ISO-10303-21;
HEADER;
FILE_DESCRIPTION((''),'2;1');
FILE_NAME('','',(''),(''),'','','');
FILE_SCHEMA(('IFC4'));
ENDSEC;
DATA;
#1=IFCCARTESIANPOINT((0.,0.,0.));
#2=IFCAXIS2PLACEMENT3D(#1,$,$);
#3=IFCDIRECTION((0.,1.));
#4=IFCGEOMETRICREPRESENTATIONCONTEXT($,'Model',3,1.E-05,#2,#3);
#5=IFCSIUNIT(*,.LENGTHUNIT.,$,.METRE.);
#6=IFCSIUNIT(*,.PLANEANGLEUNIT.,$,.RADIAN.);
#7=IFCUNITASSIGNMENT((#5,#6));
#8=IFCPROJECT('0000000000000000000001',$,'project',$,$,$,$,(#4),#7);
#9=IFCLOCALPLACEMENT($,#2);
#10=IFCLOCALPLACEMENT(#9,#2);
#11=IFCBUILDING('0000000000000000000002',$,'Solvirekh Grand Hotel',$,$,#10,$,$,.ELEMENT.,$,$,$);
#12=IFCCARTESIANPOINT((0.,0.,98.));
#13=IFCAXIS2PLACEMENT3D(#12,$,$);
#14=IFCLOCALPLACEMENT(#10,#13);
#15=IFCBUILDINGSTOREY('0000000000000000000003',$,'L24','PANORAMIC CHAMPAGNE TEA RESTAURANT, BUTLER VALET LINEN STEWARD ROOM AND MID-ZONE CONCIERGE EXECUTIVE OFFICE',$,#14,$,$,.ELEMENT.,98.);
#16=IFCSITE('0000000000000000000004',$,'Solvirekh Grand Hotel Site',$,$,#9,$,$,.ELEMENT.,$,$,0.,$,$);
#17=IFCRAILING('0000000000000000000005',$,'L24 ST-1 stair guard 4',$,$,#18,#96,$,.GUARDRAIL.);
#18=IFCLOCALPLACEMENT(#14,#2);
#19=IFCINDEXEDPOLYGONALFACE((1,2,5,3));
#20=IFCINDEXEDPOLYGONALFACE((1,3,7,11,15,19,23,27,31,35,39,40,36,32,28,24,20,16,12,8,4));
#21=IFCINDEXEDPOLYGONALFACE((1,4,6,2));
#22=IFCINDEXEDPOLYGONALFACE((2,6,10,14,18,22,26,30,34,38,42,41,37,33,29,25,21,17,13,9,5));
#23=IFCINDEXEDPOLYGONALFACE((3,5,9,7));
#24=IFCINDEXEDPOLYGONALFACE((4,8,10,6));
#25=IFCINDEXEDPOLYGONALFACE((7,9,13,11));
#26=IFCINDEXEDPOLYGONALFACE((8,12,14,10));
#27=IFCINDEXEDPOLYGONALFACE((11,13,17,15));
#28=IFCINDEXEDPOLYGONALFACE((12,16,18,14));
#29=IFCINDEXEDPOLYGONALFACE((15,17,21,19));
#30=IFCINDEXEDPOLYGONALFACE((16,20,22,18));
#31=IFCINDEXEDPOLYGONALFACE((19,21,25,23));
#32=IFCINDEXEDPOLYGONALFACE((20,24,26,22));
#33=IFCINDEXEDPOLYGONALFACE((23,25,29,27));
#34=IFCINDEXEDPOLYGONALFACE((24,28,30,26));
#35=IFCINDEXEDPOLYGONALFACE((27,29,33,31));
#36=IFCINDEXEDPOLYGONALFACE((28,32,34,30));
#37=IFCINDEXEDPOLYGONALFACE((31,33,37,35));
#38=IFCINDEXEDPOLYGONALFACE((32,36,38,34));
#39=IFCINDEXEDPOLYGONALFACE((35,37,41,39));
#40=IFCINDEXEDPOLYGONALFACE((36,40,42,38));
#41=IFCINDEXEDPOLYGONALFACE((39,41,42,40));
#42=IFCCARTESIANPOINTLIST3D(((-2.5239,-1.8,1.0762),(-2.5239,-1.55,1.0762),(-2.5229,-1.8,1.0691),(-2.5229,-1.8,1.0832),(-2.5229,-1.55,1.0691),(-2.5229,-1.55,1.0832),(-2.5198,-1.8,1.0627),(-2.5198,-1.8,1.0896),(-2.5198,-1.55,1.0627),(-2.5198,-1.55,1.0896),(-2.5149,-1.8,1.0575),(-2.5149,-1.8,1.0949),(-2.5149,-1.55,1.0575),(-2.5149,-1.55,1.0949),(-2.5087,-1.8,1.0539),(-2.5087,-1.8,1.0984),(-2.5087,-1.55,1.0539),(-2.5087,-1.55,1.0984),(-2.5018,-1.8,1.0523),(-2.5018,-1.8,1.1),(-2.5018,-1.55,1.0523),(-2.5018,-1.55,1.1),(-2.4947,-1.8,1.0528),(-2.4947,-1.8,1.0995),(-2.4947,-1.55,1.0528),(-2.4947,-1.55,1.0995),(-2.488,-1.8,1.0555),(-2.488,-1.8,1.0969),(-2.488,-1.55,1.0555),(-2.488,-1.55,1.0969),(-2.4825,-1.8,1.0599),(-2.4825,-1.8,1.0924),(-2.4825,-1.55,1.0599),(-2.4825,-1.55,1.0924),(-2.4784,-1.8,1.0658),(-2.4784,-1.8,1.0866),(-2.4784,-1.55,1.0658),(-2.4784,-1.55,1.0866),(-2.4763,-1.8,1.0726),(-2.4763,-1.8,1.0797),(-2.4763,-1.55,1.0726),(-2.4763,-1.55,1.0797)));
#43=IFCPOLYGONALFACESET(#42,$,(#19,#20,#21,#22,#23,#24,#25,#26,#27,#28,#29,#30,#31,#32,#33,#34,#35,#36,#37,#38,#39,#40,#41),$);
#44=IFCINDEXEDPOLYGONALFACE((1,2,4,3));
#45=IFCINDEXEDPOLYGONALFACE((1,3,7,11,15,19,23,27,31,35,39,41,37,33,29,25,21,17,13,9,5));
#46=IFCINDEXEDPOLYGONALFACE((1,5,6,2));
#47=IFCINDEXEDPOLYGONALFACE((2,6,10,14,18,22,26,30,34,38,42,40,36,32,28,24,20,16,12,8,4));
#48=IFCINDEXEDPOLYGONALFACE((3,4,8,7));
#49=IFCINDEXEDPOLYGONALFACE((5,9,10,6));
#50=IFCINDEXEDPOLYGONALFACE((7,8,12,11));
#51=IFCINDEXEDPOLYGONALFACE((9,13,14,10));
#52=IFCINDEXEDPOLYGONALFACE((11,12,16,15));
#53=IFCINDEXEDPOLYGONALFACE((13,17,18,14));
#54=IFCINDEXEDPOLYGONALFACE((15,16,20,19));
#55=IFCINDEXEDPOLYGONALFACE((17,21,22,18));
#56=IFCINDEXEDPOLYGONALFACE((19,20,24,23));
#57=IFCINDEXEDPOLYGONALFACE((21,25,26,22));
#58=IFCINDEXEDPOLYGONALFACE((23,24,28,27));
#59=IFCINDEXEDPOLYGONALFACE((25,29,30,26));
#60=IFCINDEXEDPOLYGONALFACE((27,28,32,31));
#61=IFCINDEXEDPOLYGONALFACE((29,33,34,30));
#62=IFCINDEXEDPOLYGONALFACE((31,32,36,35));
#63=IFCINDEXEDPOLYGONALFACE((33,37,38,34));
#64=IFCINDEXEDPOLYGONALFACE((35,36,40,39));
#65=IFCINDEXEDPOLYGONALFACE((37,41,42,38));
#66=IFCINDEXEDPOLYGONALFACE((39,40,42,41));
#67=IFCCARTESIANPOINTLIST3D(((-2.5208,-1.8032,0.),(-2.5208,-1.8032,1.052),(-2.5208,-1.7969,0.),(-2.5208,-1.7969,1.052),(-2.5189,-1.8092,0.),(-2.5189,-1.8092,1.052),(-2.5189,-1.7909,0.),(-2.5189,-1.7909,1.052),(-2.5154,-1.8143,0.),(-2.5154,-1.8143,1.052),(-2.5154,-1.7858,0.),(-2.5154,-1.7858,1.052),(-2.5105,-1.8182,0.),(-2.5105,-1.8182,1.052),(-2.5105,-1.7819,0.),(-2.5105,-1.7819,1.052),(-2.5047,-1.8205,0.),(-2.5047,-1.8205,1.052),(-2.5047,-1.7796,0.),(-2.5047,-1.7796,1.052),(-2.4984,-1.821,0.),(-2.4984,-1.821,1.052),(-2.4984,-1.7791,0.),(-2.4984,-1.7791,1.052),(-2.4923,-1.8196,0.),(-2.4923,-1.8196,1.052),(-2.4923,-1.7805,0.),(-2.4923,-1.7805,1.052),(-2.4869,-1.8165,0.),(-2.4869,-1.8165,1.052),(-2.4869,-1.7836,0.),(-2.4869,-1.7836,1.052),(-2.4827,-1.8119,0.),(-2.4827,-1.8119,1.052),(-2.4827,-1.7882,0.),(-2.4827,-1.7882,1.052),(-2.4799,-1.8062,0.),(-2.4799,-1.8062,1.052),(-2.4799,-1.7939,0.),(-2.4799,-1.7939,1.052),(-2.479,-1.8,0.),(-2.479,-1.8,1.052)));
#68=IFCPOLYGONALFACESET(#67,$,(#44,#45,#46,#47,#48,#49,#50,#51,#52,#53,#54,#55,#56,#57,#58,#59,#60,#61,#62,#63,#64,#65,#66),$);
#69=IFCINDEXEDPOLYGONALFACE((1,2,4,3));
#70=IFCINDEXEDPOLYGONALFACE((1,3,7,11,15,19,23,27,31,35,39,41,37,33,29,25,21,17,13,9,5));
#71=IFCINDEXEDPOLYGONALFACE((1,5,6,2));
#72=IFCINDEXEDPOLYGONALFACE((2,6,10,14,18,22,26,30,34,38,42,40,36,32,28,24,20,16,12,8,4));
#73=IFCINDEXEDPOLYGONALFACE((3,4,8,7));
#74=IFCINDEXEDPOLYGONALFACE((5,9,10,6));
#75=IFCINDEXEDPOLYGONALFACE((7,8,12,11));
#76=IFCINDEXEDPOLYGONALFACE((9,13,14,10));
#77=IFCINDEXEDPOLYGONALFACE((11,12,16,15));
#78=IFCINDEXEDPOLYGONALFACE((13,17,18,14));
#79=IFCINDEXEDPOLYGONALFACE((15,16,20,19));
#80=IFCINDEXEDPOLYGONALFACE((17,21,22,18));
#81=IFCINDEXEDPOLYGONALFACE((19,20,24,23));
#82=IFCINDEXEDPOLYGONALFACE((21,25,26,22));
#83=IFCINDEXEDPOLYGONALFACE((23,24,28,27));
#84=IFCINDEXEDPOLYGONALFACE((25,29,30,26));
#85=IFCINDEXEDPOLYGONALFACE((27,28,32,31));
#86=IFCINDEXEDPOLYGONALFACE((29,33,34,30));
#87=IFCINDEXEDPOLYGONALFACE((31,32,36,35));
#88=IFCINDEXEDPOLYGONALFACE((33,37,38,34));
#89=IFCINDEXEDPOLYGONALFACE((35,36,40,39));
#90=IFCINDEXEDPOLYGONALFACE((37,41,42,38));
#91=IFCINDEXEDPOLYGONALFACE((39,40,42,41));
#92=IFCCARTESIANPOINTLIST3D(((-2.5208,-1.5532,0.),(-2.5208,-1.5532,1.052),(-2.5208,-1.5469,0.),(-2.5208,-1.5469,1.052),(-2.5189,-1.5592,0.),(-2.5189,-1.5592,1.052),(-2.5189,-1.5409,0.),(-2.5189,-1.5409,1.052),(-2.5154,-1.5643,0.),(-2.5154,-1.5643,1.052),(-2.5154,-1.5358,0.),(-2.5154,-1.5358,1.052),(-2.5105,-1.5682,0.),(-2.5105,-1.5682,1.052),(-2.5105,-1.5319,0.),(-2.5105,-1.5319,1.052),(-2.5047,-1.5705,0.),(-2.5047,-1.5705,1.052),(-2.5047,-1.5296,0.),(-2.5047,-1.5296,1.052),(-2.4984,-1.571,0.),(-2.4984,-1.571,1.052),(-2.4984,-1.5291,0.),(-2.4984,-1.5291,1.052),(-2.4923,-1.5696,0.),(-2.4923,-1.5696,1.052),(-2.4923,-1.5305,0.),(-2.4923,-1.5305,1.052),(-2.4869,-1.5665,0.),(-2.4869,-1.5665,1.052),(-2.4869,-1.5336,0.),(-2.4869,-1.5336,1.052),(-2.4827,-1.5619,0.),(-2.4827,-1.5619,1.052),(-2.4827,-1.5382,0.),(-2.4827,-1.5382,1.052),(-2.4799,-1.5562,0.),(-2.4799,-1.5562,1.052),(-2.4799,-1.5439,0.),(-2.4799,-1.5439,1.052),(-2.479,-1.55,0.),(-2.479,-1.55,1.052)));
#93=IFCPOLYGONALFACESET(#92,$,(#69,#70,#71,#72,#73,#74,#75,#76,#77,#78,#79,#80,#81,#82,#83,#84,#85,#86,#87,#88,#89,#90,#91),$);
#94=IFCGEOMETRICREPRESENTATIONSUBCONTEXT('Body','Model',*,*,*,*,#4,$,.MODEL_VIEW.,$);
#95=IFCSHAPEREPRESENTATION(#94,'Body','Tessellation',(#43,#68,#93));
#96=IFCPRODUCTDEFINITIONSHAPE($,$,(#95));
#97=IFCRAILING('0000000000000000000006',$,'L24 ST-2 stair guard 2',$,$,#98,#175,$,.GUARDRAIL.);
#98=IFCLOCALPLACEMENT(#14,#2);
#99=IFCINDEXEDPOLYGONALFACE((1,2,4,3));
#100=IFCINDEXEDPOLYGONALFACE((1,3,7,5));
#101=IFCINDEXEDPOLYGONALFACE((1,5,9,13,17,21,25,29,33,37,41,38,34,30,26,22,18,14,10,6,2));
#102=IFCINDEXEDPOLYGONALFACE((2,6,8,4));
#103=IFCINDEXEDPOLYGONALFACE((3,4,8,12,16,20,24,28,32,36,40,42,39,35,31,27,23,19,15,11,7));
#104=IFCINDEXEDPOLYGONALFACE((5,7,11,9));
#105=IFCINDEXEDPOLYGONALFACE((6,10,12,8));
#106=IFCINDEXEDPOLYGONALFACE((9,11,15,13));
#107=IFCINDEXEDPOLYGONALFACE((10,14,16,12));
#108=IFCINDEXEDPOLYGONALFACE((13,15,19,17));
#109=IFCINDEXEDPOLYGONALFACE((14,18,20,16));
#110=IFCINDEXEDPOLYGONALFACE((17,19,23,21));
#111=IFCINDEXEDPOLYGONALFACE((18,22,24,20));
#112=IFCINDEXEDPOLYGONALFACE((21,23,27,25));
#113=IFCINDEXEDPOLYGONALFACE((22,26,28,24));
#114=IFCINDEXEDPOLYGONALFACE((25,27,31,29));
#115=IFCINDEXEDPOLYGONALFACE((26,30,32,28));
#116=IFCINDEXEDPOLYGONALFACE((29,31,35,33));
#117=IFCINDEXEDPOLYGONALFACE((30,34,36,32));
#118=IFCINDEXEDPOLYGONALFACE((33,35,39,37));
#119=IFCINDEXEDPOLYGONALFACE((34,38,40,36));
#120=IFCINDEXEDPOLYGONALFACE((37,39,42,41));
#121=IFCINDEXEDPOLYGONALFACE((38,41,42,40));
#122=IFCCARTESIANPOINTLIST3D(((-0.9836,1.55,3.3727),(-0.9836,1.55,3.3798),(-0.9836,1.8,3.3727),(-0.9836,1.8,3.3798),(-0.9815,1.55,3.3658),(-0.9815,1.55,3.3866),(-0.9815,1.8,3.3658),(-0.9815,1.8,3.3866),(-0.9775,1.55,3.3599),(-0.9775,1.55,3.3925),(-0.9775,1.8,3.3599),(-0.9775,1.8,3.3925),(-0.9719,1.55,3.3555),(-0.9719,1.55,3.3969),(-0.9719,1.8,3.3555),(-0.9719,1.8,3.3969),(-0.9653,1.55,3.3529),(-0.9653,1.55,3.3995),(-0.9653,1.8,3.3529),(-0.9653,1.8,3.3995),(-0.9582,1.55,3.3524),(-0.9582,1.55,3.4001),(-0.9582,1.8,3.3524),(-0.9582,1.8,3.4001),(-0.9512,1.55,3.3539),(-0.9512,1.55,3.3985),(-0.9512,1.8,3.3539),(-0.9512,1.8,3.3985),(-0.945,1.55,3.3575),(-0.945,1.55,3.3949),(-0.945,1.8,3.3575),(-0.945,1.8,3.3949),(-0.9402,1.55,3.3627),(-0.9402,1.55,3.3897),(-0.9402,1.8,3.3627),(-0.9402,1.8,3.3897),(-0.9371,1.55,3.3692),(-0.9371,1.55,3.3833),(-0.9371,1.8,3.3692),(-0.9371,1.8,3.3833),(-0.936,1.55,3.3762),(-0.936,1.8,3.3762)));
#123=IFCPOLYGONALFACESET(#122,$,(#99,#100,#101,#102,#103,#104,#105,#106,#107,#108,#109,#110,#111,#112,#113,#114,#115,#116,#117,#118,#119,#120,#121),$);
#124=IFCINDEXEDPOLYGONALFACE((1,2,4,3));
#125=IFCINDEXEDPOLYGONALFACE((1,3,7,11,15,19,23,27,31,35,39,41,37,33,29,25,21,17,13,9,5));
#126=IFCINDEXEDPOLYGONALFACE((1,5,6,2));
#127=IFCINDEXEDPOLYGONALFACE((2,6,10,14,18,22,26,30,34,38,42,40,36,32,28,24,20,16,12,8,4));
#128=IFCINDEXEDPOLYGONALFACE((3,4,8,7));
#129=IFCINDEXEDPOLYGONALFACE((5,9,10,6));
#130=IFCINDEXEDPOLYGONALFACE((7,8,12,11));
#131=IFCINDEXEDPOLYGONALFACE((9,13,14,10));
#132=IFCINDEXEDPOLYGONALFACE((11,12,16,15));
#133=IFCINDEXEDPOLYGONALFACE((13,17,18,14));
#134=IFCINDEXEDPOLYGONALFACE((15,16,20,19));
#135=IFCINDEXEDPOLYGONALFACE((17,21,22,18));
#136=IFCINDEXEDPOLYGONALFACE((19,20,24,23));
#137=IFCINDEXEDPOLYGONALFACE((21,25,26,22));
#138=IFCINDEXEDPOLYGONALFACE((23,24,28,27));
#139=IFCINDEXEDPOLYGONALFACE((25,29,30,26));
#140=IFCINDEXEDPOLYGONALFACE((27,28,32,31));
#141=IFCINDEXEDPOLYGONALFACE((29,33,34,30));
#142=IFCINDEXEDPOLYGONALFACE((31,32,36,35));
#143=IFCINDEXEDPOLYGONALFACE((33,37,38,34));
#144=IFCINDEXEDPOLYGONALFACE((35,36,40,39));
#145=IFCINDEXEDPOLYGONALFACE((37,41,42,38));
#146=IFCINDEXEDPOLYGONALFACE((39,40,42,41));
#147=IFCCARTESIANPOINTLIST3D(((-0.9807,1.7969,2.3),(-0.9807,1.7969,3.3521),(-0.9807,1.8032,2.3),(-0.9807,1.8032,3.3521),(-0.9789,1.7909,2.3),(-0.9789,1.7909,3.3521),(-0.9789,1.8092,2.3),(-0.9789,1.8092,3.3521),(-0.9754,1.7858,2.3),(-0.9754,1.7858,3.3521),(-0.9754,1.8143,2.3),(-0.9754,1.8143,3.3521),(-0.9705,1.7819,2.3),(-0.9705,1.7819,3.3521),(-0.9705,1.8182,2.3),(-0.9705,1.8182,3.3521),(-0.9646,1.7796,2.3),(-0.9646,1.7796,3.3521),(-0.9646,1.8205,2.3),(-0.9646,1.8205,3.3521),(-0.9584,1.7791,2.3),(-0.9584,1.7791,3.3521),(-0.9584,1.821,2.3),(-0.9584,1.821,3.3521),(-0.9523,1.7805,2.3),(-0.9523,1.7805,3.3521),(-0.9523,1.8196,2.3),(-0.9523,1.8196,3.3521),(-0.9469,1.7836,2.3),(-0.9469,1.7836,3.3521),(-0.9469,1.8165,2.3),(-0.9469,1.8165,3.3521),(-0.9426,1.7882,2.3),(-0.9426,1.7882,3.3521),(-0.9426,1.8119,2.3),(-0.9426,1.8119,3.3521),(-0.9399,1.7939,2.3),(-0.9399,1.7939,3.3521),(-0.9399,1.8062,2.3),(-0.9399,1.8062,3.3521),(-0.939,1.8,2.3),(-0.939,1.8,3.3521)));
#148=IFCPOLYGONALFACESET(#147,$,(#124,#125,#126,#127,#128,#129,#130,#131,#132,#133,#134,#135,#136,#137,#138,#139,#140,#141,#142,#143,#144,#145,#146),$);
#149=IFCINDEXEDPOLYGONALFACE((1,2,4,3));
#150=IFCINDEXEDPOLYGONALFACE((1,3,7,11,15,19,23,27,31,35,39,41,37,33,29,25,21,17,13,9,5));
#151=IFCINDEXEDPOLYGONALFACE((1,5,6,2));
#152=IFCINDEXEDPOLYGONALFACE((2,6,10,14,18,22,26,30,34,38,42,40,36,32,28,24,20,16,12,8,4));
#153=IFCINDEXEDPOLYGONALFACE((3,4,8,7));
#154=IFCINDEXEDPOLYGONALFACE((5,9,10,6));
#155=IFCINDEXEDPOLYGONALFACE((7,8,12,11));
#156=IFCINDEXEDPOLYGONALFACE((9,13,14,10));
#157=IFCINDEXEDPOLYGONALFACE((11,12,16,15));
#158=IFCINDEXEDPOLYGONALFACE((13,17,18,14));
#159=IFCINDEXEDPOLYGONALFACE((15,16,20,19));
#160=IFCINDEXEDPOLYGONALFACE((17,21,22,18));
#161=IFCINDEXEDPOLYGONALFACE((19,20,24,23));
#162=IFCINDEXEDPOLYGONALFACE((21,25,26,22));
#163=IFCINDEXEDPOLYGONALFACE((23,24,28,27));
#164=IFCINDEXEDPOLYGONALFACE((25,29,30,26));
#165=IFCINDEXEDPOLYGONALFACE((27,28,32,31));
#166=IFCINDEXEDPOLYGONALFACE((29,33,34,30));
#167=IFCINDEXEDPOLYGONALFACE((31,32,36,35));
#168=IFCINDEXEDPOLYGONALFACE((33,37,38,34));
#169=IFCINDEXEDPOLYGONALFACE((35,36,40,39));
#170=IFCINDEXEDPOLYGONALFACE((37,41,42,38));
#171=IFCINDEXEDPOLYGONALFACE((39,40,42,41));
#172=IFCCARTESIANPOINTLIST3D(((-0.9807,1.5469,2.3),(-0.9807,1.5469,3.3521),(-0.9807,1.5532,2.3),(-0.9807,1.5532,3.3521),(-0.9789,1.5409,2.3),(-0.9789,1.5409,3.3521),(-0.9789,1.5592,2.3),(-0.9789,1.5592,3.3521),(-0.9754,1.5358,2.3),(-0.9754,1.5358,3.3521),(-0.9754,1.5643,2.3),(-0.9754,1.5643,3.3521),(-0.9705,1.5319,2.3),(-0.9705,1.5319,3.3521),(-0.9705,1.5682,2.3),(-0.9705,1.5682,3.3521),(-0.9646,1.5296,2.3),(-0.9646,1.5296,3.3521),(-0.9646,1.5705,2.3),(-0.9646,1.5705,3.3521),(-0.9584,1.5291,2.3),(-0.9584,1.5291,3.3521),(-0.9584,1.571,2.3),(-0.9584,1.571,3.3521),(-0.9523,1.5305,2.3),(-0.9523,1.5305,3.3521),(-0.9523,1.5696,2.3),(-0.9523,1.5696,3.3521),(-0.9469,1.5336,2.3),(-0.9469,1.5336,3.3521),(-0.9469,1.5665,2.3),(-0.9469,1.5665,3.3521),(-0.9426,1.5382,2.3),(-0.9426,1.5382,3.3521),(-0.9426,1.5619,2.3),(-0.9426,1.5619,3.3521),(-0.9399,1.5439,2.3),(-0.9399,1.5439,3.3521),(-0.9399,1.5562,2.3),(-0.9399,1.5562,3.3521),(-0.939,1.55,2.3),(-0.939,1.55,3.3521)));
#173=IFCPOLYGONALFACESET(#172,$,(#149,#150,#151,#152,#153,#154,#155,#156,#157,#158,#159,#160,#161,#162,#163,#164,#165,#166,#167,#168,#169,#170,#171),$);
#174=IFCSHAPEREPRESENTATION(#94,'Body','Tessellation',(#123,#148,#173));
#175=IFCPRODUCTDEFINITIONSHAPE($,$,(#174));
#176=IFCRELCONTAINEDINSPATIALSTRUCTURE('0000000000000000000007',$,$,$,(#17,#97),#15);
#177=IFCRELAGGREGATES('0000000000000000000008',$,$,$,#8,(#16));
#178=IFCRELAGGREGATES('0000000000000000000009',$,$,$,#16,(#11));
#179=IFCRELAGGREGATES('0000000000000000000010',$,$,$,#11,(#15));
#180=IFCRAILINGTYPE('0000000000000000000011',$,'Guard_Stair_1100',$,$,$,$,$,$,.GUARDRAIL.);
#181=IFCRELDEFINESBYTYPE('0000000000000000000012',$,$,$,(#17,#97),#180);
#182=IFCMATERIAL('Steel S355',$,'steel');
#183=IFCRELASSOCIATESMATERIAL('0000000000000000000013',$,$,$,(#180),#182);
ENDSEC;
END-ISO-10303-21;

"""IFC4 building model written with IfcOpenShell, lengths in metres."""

from ifc_helpers import new_model, si_unit, direction, frame, origin, origin_2d, place, context, subcontext, project, spatial, circle, extrude, material, type_object, element, save


model = new_model("IFC4")

# Units and contexts
model_context = context("Model", 3, precision=1e-05, world=origin(), true_north=direction((0.0, 1.0)))
body_context = subcontext(model_context, "Body", "Model", "MODEL_VIEW")
ifc_project = project(units=[si_unit("LENGTHUNIT", "METRE"), si_unit("PLANEANGLEUNIT", "RADIAN")], contexts=[model_context])

# Site, building, storey
site_placement = place(None, origin())
site = spatial("IfcSite", under=ifc_project, at=site_placement, Name="Solvirekh Grand Hotel Site", CompositionType="ELEMENT", RefElevation=0.0)
building_placement = place(site_placement, origin())
building = spatial("IfcBuilding", under=site, at=building_placement, Name="Solvirekh Grand Hotel", CompositionType="ELEMENT")
storey_placement = place(building_placement, frame((0.0, 0.0, 98.0)))
storey = spatial("IfcBuildingStorey", under=building, at=storey_placement, Name="L24", Description="PANORAMIC CHAMPAGNE TEA RESTAURANT, BUTLER VALET LINEN STEWARD ROOM AND MID-ZONE CONCIERGE EXECUTIVE OFFICE", CompositionType="ELEMENT", Elevation=98.0)

# Railings
ifc_material_1 = material(Name="Steel S355", Category="steel")
railing_type_1 = type_object("IfcRailingType", Name="Guard_Stair_1100", PredefinedType="GUARDRAIL", material=ifc_material_1)
railing_1_placement = place(storey_placement, frame((-2.5, -1.8, 0.0)))
element("IfcRailing", 1, at=railing_1_placement, inside=storey, type_object=railing_type_1, Name="L24 ST-1 stair guard 4", PredefinedType="GUARDRAIL", context=body_context, shape_type="SweptSolid", body=[
    extrude(circle(Radius=0.0239, at=origin_2d()), frame((0.0, 0.0, 1.0762), z_axis=(0.0, 1.0, 0.0), x_axis=(-1.0, 0.0, 0.0)), (0.0, 0.0, 1.0), 0.25),
    extrude(circle(Radius=0.021, at=origin_2d()), origin(), (0.0, 0.0, 1.0), 1.052),
    extrude(circle(Radius=0.021, at=origin_2d()), frame((0.0, 0.25, 0.0)), (0.0, 0.0, 1.0), 1.052),
])
railing_2_placement = place(storey_placement, frame((-0.96, 1.8, 2.3)))
element("IfcRailing", 2, at=railing_2_placement, inside=storey, type_object=railing_type_1, Name="L24 ST-2 stair guard 2", PredefinedType="GUARDRAIL", context=body_context, shape_type="SweptSolid", body=[
    extrude(circle(Radius=0.0239, at=origin_2d()), frame((0.0, 0.0, 1.0762), z_axis=(0.0, -1.0, 0.0), x_axis=(1.0, 0.0, 0.0)), (0.0, 0.0, 1.0), 0.25),
    extrude(circle(Radius=0.021, at=origin_2d()), origin(), (0.0, 0.0, 1.0), 1.052),
    extrude(circle(Radius=0.021, at=origin_2d()), frame((0.0, -0.25, 0.0)), (0.0, 0.0, 1.0), 1.052),
])

save(model, "model.ifc")
